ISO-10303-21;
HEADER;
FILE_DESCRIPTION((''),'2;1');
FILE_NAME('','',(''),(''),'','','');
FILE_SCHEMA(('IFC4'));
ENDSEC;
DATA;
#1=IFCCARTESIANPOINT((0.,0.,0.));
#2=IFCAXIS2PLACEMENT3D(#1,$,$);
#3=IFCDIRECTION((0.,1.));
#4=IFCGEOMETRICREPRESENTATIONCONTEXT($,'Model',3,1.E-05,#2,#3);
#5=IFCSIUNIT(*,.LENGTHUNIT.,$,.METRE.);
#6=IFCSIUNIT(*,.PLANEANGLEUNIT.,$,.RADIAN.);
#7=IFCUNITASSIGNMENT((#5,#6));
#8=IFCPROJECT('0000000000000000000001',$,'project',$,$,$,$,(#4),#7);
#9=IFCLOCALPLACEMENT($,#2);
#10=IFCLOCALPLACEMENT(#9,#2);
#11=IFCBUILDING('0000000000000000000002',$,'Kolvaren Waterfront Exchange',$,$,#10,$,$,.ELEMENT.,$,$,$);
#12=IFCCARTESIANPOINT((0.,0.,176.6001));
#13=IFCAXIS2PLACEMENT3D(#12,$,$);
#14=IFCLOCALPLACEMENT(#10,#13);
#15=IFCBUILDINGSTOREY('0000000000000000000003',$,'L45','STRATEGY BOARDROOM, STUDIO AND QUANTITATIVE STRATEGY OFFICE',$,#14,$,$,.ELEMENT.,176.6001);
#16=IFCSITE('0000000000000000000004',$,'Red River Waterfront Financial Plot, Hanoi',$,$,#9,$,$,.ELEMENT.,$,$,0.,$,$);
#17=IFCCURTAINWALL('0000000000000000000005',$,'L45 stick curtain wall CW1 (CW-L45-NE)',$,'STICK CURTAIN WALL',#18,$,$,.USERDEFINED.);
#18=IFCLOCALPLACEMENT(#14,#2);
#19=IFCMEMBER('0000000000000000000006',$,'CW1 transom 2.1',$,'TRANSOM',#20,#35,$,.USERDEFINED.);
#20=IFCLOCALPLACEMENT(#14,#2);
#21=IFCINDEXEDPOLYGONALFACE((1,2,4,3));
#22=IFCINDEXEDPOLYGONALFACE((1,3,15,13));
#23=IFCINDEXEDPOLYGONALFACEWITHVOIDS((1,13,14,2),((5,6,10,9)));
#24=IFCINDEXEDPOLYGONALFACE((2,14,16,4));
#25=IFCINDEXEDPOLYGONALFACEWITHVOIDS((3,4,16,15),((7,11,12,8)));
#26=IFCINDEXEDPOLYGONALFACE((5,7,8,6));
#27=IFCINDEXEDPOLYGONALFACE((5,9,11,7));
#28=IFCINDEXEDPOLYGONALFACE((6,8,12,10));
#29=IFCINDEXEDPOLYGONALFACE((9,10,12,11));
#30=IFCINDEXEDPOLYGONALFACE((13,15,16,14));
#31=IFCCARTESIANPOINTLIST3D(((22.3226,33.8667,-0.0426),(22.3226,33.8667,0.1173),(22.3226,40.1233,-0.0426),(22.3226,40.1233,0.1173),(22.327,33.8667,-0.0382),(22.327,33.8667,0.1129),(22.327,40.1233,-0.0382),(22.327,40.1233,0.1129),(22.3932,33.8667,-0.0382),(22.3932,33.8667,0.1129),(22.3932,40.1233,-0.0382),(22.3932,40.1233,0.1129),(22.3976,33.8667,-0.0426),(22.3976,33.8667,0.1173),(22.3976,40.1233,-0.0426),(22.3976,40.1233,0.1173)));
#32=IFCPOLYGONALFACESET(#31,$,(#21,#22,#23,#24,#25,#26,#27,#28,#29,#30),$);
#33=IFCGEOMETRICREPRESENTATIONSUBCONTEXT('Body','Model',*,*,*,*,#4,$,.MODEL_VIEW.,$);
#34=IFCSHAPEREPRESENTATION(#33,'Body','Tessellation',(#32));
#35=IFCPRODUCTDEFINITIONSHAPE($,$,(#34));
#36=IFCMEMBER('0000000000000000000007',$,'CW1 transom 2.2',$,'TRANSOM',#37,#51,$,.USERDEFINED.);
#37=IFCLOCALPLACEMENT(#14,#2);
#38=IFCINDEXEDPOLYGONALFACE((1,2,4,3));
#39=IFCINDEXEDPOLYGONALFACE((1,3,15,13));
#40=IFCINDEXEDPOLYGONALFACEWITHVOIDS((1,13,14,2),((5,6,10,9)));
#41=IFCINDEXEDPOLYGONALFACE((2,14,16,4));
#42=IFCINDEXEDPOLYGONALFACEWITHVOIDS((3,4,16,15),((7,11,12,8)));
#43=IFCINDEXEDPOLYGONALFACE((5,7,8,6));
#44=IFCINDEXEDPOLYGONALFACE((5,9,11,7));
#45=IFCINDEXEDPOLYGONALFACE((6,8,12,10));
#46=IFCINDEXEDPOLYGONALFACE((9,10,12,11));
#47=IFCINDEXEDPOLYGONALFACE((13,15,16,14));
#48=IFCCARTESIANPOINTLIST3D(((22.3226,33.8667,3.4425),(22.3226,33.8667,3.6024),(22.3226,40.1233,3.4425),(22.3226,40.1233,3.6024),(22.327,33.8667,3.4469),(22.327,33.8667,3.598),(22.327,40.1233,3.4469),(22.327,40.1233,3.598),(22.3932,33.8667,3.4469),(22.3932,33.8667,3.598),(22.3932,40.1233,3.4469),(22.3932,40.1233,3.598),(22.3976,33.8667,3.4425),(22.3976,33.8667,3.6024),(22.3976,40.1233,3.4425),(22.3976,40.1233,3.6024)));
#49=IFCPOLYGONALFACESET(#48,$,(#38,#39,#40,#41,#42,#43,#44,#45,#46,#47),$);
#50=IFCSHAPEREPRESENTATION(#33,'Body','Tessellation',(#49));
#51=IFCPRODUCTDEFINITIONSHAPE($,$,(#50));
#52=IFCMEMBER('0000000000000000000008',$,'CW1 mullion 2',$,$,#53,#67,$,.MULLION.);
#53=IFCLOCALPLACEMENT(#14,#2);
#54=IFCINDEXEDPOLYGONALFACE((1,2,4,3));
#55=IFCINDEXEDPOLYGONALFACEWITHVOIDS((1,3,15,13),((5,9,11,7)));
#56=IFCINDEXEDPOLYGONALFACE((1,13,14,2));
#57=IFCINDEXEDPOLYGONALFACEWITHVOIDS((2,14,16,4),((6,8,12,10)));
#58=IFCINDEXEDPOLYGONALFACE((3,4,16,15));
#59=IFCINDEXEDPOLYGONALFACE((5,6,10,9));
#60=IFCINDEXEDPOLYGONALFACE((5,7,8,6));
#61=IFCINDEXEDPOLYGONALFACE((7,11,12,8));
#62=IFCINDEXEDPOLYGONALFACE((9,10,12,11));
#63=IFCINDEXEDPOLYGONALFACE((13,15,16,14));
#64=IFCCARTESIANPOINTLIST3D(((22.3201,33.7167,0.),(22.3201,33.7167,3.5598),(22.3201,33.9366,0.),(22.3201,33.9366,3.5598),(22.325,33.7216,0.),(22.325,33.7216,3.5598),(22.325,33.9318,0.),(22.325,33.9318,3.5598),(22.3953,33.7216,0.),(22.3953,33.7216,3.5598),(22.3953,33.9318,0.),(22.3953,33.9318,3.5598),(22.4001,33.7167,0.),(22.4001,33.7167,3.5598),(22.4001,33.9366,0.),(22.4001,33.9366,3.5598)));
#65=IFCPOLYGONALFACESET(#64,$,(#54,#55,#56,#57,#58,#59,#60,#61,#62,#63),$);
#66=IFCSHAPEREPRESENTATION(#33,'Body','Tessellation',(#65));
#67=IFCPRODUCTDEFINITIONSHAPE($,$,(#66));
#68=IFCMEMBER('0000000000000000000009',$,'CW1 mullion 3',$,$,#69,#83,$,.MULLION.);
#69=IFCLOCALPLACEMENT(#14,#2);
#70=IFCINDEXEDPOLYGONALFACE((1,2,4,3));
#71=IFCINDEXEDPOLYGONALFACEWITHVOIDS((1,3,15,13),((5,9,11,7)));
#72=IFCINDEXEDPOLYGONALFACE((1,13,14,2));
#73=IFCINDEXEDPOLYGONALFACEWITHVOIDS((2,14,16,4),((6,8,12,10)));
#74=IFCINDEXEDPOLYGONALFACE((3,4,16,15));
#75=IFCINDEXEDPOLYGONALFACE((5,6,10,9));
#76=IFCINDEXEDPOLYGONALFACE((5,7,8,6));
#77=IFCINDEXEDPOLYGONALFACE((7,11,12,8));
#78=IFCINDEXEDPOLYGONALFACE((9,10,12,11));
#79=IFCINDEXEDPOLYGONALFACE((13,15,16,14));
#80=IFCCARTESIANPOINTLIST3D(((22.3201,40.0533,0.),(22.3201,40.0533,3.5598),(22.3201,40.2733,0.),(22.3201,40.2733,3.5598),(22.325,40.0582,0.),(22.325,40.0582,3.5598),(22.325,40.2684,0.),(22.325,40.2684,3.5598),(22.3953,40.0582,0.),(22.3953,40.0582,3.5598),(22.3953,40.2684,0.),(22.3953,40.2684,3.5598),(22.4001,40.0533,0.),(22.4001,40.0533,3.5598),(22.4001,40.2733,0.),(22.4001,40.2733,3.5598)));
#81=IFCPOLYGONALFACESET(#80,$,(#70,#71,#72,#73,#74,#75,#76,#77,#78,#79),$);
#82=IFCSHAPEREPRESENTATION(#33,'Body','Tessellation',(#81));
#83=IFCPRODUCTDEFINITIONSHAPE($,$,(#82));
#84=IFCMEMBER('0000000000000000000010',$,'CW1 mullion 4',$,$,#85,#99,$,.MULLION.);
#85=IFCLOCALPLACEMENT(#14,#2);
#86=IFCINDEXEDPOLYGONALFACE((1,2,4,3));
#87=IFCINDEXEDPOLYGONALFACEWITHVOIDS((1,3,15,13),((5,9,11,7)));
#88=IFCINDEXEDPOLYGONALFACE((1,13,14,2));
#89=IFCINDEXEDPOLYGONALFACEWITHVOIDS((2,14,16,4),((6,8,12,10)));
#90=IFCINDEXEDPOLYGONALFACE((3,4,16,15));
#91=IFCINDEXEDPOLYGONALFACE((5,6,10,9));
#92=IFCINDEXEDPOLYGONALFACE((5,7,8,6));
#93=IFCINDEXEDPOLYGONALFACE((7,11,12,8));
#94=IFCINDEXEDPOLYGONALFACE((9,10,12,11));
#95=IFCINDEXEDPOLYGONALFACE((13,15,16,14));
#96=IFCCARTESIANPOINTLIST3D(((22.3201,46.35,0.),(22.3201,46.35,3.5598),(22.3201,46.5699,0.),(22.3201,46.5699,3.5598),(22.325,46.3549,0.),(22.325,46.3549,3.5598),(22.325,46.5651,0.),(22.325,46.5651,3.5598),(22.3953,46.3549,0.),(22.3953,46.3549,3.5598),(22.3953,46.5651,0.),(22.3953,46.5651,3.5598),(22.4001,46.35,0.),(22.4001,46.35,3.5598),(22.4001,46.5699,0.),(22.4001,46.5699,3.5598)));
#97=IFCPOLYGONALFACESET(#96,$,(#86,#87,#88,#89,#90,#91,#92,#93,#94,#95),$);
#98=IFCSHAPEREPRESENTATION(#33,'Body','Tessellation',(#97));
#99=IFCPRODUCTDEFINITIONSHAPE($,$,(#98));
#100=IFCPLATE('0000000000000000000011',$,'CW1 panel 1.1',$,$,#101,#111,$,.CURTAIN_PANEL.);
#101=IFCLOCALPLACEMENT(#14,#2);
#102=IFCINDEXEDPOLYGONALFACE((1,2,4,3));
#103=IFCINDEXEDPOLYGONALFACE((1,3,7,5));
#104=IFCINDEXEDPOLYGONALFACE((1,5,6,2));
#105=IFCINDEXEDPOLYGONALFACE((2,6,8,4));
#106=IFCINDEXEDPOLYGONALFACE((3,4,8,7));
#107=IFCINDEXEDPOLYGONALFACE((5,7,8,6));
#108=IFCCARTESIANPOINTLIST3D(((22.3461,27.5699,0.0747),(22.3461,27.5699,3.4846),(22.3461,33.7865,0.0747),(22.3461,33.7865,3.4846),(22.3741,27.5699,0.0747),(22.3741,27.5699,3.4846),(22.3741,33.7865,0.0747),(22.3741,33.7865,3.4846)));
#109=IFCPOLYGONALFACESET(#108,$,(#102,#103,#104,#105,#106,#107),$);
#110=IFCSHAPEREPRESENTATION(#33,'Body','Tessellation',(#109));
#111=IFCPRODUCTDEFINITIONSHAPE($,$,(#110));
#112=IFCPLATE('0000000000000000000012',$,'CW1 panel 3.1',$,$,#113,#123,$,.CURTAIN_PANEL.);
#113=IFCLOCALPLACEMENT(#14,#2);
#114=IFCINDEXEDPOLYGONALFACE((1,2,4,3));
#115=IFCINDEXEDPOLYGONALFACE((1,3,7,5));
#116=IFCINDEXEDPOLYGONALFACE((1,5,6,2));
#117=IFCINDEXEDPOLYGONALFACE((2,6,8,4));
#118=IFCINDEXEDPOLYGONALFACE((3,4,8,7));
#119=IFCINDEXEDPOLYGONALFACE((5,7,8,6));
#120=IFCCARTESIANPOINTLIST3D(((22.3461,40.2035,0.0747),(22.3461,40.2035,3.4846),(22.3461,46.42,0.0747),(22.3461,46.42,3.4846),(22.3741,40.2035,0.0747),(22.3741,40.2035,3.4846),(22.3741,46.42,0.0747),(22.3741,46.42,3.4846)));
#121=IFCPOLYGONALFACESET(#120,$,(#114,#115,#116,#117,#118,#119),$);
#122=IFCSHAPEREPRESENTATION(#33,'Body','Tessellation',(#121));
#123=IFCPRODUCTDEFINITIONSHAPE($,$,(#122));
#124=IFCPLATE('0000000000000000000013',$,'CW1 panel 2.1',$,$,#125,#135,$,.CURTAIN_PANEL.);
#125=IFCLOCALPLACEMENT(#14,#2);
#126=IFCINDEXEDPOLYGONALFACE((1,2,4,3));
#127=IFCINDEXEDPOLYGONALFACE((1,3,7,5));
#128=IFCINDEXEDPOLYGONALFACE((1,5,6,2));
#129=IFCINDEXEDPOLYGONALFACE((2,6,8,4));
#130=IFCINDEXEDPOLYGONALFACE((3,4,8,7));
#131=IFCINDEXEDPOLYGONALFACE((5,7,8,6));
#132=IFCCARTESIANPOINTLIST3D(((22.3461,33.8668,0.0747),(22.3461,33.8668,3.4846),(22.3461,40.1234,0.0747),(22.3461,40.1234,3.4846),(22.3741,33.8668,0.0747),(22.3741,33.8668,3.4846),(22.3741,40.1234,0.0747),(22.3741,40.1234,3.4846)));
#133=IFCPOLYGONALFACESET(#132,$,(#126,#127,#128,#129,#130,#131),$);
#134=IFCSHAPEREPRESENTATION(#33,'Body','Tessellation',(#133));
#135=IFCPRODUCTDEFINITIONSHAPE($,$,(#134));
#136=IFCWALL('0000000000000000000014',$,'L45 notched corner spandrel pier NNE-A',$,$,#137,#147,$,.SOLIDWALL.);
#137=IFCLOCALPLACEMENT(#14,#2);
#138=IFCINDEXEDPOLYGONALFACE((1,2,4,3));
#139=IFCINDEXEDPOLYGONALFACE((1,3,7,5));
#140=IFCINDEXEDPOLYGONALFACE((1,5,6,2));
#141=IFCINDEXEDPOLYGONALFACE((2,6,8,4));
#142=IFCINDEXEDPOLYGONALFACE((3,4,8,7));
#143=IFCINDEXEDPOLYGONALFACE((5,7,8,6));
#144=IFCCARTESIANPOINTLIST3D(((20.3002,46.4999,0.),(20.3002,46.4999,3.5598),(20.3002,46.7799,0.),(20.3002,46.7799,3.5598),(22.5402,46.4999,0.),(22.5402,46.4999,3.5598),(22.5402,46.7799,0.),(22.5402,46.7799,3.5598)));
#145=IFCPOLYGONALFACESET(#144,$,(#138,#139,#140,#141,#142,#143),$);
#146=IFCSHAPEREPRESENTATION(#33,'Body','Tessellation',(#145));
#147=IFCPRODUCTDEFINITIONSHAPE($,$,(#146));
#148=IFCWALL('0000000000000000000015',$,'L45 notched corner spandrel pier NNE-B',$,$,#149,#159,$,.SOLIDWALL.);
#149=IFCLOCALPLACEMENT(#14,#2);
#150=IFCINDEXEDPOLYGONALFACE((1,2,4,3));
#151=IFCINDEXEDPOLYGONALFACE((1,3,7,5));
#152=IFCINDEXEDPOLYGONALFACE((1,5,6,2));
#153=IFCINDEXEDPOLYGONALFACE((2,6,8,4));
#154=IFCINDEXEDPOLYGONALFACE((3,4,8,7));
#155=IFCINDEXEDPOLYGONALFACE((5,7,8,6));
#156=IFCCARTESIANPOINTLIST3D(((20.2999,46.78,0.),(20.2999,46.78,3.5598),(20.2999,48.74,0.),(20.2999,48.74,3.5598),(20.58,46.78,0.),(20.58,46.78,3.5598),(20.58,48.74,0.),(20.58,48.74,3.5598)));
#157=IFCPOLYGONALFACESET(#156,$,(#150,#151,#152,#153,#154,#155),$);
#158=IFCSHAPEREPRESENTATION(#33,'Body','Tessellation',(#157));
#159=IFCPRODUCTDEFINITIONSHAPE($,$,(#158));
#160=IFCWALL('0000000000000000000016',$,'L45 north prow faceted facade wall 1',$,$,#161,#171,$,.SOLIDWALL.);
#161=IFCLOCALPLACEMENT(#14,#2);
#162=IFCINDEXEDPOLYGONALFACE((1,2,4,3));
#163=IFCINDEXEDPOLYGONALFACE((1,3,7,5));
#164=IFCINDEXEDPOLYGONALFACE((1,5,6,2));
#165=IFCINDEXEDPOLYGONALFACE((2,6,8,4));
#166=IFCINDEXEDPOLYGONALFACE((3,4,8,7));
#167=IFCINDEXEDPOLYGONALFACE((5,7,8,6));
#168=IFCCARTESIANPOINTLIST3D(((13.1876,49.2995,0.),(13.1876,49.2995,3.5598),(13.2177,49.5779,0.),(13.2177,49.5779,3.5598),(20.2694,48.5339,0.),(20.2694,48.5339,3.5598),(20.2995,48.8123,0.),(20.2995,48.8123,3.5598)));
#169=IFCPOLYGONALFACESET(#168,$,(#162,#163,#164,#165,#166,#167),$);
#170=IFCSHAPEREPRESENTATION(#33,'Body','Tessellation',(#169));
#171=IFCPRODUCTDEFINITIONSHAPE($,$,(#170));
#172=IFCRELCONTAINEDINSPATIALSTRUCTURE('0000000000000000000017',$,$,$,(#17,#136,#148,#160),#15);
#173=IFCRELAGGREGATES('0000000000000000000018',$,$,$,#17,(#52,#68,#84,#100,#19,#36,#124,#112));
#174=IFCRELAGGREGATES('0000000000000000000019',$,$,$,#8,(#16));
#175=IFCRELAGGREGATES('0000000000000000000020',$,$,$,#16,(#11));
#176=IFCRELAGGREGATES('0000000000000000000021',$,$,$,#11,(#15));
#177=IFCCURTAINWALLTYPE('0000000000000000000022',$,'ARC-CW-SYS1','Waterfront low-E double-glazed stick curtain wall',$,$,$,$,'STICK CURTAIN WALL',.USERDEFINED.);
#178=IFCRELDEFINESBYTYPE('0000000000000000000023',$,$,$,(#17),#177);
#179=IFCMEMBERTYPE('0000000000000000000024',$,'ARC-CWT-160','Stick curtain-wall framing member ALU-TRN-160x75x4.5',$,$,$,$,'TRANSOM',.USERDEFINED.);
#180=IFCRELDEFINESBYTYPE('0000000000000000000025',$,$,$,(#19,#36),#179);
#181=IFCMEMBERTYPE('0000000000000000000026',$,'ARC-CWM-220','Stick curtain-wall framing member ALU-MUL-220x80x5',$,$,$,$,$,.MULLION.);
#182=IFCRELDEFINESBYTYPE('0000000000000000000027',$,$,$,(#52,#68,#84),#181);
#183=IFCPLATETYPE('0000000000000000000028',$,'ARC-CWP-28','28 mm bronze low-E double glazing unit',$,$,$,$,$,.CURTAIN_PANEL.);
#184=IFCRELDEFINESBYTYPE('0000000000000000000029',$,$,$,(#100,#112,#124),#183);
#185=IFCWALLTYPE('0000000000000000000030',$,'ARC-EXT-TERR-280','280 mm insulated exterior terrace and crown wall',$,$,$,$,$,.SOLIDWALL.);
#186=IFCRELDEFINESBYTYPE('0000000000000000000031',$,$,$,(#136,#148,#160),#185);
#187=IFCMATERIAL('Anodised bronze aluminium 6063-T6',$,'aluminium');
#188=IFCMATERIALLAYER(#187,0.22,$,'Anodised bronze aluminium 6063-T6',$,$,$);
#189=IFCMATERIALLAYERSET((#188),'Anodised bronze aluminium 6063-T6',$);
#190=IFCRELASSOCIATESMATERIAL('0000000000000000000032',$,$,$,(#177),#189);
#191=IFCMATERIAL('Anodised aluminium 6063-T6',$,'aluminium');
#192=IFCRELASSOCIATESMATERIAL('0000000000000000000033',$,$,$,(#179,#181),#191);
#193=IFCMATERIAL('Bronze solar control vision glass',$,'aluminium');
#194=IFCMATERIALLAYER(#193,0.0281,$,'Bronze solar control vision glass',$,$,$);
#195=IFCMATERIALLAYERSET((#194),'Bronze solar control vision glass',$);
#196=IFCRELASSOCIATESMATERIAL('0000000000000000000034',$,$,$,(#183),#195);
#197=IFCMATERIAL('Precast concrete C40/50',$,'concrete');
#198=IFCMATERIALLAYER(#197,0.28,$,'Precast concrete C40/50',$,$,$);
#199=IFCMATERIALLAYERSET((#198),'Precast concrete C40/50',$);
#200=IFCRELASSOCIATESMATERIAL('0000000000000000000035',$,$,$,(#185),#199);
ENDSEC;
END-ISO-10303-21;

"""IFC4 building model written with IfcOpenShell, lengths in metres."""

from ifc_helpers import new_model, si_unit, direction, frame, frame_2d, origin, origin_with_axes, origin_2d, place, context, subcontext, project, spatial, rectangle, hollow_rectangle, extrude, source, transform, mapped, material, layer, layer_set, material_profile, profile_set, type_object, element, aggregate, save


model = new_model("IFC4")

# Units and contexts
model_context = context("Model", 3, precision=1e-05, world=origin(), true_north=direction((0.0, 1.0)))
body_context = subcontext(model_context, "Body", "Model", "MODEL_VIEW")
ifc_project = project(units=[si_unit("LENGTHUNIT", "METRE"), si_unit("PLANEANGLEUNIT", "RADIAN")], contexts=[model_context])

# Site, building, storey
site_placement = place(None, origin())
site = spatial("IfcSite", under=ifc_project, at=site_placement, Name="Red River Waterfront Financial Plot, Hanoi", CompositionType="ELEMENT", RefElevation=0.0)
building_placement = place(site_placement, origin())
building = spatial("IfcBuilding", under=site, at=building_placement, Name="Kolvaren Waterfront Exchange", CompositionType="ELEMENT")
storey_placement = place(building_placement, frame((0.0, 0.0, 176.6001)))
storey = spatial("IfcBuildingStorey", under=building, at=storey_placement, Name="L45", Description="STRATEGY BOARDROOM, STUDIO AND QUANTITATIVE STRATEGY OFFICE", CompositionType="ELEMENT", Elevation=176.6001)

# Curtain wall, members, plates
ifc_material_1 = material(Name="Anodised bronze aluminium 6063-T6", Category="aluminium")
ifc_layer_1 = layer(ifc_material_1, 0.22, Name="Anodised bronze aluminium 6063-T6")
ifc_layer_set_1 = layer_set([ifc_layer_1], Name="Anodised bronze aluminium 6063-T6")
curtain_wall_type = type_object("IfcCurtainWallType", Name="ARC-CW-SYS1", Description="Waterfront low-E double-glazed stick curtain wall", ElementType="STICK CURTAIN WALL", PredefinedType="USERDEFINED", material=ifc_layer_set_1)
curtain_wall_placement = place(storey_placement, origin())
curtain_wall = element("IfcCurtainWall", 1, at=curtain_wall_placement, inside=storey, type_object=curtain_wall_type, Name="L45 stick curtain wall CW1 (CW-L45-NE)", ObjectType="STICK CURTAIN WALL", PredefinedType="USERDEFINED")
ifc_material_2 = material(Name="Anodised aluminium 6063-T6", Category="aluminium")
ifc_material_profile_1 = material_profile(ifc_material_2, hollow_rectangle(XDim=0.075, YDim=0.1599, WallThickness=0.0044, at=origin_2d()), Name="ALU-TRN-160x75x4.5")
ifc_profile_set_1 = profile_set([ifc_material_profile_1], Name="Anodised aluminium 6063-T6")
member_type_1 = type_object("IfcMemberType", Name="ARC-CWT-160", Description="Stick curtain-wall framing member ALU-TRN-160x75x4.5", ElementType="TRANSOM", PredefinedType="USERDEFINED", material=ifc_profile_set_1)
shared_shape_1 = source(origin_with_axes(), body_context, "Body", "SweptSolid", [
    extrude(hollow_rectangle(XDim=0.075, YDim=0.1599, WallThickness=0.0044, at=origin_2d()), origin(), (0.0, 0.0, 1.0), 6.2566),
])
member_1_placement = place(storey_placement, frame((22.3601, 33.8667, 0.0374), z_axis=(0.0, 1.0, 0.0), x_axis=(-1.0, 0.0, 0.0)))
member_1 = element("IfcMember", 2, at=member_1_placement, type_object=member_type_1, Name="CW1 transom 2.1", ObjectType="TRANSOM", PredefinedType="USERDEFINED", context=body_context, shape_type="MappedRepresentation", body=[
    mapped(shared_shape_1, transform((0.0, 0.0, 0.0), x_axis=(1.0, 0.0, 0.0), y_axis=(0.0, 1.0, 0.0), z_axis=(0.0, 0.0, 1.0), scale=1.0)),
])
member_2_placement = place(storey_placement, frame((22.3601, 33.8667, 3.5225), z_axis=(0.0, 1.0, 0.0), x_axis=(-1.0, 0.0, 0.0)))
member_2 = element("IfcMember", 3, at=member_2_placement, type_object=member_type_1, Name="CW1 transom 2.2", ObjectType="TRANSOM", PredefinedType="USERDEFINED", context=body_context, shape_type="MappedRepresentation", body=[
    mapped(shared_shape_1, transform((0.0, 0.0, 0.0), x_axis=(1.0, 0.0, 0.0), y_axis=(0.0, 1.0, 0.0), z_axis=(0.0, 0.0, 1.0), scale=1.0)),
])
ifc_material_profile_2 = material_profile(ifc_material_2, hollow_rectangle(XDim=0.0801, YDim=0.22, WallThickness=0.0049, at=origin_2d()), Name="ALU-MUL-220x80x5")
ifc_profile_set_2 = profile_set([ifc_material_profile_2], Name="Anodised aluminium 6063-T6")
member_type_2 = type_object("IfcMemberType", Name="ARC-CWM-220", Description="Stick curtain-wall framing member ALU-MUL-220x80x5", PredefinedType="MULLION", material=ifc_profile_set_2)
shared_shape_2 = source(origin_with_axes(), body_context, "Body", "SweptSolid", [
    extrude(hollow_rectangle(XDim=0.0801, YDim=0.22, WallThickness=0.0049, at=origin_2d()), origin(), (0.0, 0.0, 1.0), 3.5598),
])
member_3_placement = place(storey_placement, frame((22.3601, 33.8267, 0.0), z_axis=(0.0, 0.0, 1.0), x_axis=(-1.0, 0.0, 0.0)))
member_3 = element("IfcMember", 4, at=member_3_placement, type_object=member_type_2, Name="CW1 mullion 2", PredefinedType="MULLION", context=body_context, shape_type="MappedRepresentation", body=[
    mapped(shared_shape_2, transform((0.0, 0.0, 0.0), x_axis=(1.0, 0.0, 0.0), y_axis=(0.0, 1.0, 0.0), z_axis=(0.0, 0.0, 1.0), scale=1.0)),
])
member_4_placement = place(storey_placement, frame((22.3601, 40.1633, 0.0), z_axis=(0.0, 0.0, 1.0), x_axis=(-1.0, 0.0, 0.0)))
member_4 = element("IfcMember", 5, at=member_4_placement, type_object=member_type_2, Name="CW1 mullion 3", PredefinedType="MULLION", context=body_context, shape_type="MappedRepresentation", body=[
    mapped(shared_shape_2, transform((0.0, 0.0, 0.0), x_axis=(1.0, 0.0, 0.0), y_axis=(0.0, 1.0, 0.0), z_axis=(0.0, 0.0, 1.0), scale=1.0)),
])
member_5_placement = place(storey_placement, frame((22.3601, 46.46, 0.0), z_axis=(0.0, 0.0, 1.0), x_axis=(-1.0, 0.0, 0.0)))
member_5 = element("IfcMember", 6, at=member_5_placement, type_object=member_type_2, Name="CW1 mullion 4", PredefinedType="MULLION", context=body_context, shape_type="MappedRepresentation", body=[
    mapped(shared_shape_2, transform((0.0, 0.0, 0.0), x_axis=(1.0, 0.0, 0.0), y_axis=(0.0, 1.0, 0.0), z_axis=(0.0, 0.0, 1.0), scale=1.0)),
])
ifc_material_3 = material(Name="Bronze solar control vision glass", Category="aluminium")
ifc_layer_2 = layer(ifc_material_3, 0.0281, Name="Bronze solar control vision glass")
ifc_layer_set_2 = layer_set([ifc_layer_2], Name="Bronze solar control vision glass")
plate_type = type_object("IfcPlateType", Name="ARC-CWP-28", Description="28 mm bronze low-E double glazing unit", PredefinedType="CURTAIN_PANEL", material=ifc_layer_set_2)
shared_shape_3 = source(origin_with_axes(), body_context, "Body", "SweptSolid", [
    extrude(rectangle(XDim=6.2166, YDim=0.0281, at=origin_2d()), origin(), (0.0, 0.0, 1.0), 3.4099),
])
plate_1_placement = place(storey_placement, frame((22.3601, 30.6782, 0.0747), z_axis=(0.0, 0.0, 1.0), x_axis=(0.0, 1.0, 0.0)))
plate_1 = element("IfcPlate", 7, at=plate_1_placement, type_object=plate_type, Name="CW1 panel 1.1", PredefinedType="CURTAIN_PANEL", context=body_context, shape_type="MappedRepresentation", body=[
    mapped(shared_shape_3, transform((0.0, 0.0, 0.0), x_axis=(1.0, 0.0, 0.0), y_axis=(0.0, 1.0, 0.0), z_axis=(0.0, 0.0, 1.0), scale=1.0)),
])
plate_2_placement = place(storey_placement, frame((22.3601, 43.3118, 0.0747), z_axis=(0.0, 0.0, 1.0), x_axis=(0.0, 1.0, 0.0)))
plate_2 = element("IfcPlate", 8, at=plate_2_placement, type_object=plate_type, Name="CW1 panel 3.1", PredefinedType="CURTAIN_PANEL", context=body_context, shape_type="MappedRepresentation", body=[
    mapped(shared_shape_3, transform((0.0, 0.0, 0.0), x_axis=(1.0, 0.0, 0.0), y_axis=(0.0, 1.0, 0.0), z_axis=(0.0, 0.0, 1.0), scale=1.0)),
])
shared_shape_4 = source(origin_with_axes(), body_context, "Body", "SweptSolid", [
    extrude(rectangle(XDim=6.2566, YDim=0.0281, at=origin_2d()), origin(), (0.0, 0.0, 1.0), 3.4099),
])
plate_3_placement = place(storey_placement, frame((22.3601, 36.9951, 0.0747), z_axis=(0.0, 0.0, 1.0), x_axis=(0.0, 1.0, 0.0)))
plate_3 = element("IfcPlate", 9, at=plate_3_placement, type_object=plate_type, Name="CW1 panel 2.1", PredefinedType="CURTAIN_PANEL", context=body_context, shape_type="MappedRepresentation", body=[
    mapped(shared_shape_4, transform((0.0, 0.0, 0.0), x_axis=(1.0, 0.0, 0.0), y_axis=(0.0, 1.0, 0.0), z_axis=(0.0, 0.0, 1.0), scale=1.0)),
])
aggregate(curtain_wall, [member_3, member_4, member_5, plate_1, member_1, member_2, plate_3, plate_2])

# Walls
ifc_material_4 = material(Name="Precast concrete C40/50", Category="concrete")
ifc_layer_3 = layer(ifc_material_4, 0.28, Name="Precast concrete C40/50")
ifc_layer_set_3 = layer_set([ifc_layer_3], Name="Precast concrete C40/50")
wall_type = type_object("IfcWallType", Name="ARC-EXT-TERR-280", Description="280 mm insulated exterior terrace and crown wall", PredefinedType="SOLIDWALL", material=ifc_layer_set_3)
wall_1_placement = place(storey_placement, frame((20.3, 46.6399, 0.0), z_axis=(0.0, 0.0, 1.0), x_axis=(1.0, 0.0, 0.0)))
element("IfcWall", 10, at=wall_1_placement, inside=storey, type_object=wall_type, Name="L45 notched corner spandrel pier NNE-A", PredefinedType="SOLIDWALL", context=body_context, shape_type="SweptSolid", body=[
    extrude(rectangle(XDim=2.24, YDim=0.28, at=frame_2d((1.1201, 0.0))), origin(), (0.0, 0.0, 1.0), 3.5598),
])
wall_2_placement = place(storey_placement, frame((20.4399, 46.78, 0.0), z_axis=(0.0, 0.0, 1.0), x_axis=(0.0, 1.0, 0.0)))
element("IfcWall", 11, at=wall_2_placement, inside=storey, type_object=wall_type, Name="L45 notched corner spandrel pier NNE-B", PredefinedType="SOLIDWALL", context=body_context, shape_type="SweptSolid", body=[
    extrude(rectangle(XDim=1.96, YDim=0.28, at=frame_2d((0.98, 0.0))), origin(), (0.0, 0.0, 1.0), 3.5598),
])
wall_3_placement = place(storey_placement, frame((20.2844, 48.6731, 0.0), z_axis=(0.0, 0.0, 1.0), x_axis=(-0.994207, 0.107486, 0.0)))
element("IfcWall", 12, at=wall_3_placement, inside=storey, type_object=wall_type, Name="L45 north prow faceted facade wall 1", PredefinedType="SOLIDWALL", context=body_context, shape_type="SweptSolid", body=[
    extrude(rectangle(XDim=7.123, YDim=0.28, at=frame_2d((3.5615, 0.0))), origin(), (0.0, 0.0, 1.0), 3.5598),
])

save(model, "model.ifc")
